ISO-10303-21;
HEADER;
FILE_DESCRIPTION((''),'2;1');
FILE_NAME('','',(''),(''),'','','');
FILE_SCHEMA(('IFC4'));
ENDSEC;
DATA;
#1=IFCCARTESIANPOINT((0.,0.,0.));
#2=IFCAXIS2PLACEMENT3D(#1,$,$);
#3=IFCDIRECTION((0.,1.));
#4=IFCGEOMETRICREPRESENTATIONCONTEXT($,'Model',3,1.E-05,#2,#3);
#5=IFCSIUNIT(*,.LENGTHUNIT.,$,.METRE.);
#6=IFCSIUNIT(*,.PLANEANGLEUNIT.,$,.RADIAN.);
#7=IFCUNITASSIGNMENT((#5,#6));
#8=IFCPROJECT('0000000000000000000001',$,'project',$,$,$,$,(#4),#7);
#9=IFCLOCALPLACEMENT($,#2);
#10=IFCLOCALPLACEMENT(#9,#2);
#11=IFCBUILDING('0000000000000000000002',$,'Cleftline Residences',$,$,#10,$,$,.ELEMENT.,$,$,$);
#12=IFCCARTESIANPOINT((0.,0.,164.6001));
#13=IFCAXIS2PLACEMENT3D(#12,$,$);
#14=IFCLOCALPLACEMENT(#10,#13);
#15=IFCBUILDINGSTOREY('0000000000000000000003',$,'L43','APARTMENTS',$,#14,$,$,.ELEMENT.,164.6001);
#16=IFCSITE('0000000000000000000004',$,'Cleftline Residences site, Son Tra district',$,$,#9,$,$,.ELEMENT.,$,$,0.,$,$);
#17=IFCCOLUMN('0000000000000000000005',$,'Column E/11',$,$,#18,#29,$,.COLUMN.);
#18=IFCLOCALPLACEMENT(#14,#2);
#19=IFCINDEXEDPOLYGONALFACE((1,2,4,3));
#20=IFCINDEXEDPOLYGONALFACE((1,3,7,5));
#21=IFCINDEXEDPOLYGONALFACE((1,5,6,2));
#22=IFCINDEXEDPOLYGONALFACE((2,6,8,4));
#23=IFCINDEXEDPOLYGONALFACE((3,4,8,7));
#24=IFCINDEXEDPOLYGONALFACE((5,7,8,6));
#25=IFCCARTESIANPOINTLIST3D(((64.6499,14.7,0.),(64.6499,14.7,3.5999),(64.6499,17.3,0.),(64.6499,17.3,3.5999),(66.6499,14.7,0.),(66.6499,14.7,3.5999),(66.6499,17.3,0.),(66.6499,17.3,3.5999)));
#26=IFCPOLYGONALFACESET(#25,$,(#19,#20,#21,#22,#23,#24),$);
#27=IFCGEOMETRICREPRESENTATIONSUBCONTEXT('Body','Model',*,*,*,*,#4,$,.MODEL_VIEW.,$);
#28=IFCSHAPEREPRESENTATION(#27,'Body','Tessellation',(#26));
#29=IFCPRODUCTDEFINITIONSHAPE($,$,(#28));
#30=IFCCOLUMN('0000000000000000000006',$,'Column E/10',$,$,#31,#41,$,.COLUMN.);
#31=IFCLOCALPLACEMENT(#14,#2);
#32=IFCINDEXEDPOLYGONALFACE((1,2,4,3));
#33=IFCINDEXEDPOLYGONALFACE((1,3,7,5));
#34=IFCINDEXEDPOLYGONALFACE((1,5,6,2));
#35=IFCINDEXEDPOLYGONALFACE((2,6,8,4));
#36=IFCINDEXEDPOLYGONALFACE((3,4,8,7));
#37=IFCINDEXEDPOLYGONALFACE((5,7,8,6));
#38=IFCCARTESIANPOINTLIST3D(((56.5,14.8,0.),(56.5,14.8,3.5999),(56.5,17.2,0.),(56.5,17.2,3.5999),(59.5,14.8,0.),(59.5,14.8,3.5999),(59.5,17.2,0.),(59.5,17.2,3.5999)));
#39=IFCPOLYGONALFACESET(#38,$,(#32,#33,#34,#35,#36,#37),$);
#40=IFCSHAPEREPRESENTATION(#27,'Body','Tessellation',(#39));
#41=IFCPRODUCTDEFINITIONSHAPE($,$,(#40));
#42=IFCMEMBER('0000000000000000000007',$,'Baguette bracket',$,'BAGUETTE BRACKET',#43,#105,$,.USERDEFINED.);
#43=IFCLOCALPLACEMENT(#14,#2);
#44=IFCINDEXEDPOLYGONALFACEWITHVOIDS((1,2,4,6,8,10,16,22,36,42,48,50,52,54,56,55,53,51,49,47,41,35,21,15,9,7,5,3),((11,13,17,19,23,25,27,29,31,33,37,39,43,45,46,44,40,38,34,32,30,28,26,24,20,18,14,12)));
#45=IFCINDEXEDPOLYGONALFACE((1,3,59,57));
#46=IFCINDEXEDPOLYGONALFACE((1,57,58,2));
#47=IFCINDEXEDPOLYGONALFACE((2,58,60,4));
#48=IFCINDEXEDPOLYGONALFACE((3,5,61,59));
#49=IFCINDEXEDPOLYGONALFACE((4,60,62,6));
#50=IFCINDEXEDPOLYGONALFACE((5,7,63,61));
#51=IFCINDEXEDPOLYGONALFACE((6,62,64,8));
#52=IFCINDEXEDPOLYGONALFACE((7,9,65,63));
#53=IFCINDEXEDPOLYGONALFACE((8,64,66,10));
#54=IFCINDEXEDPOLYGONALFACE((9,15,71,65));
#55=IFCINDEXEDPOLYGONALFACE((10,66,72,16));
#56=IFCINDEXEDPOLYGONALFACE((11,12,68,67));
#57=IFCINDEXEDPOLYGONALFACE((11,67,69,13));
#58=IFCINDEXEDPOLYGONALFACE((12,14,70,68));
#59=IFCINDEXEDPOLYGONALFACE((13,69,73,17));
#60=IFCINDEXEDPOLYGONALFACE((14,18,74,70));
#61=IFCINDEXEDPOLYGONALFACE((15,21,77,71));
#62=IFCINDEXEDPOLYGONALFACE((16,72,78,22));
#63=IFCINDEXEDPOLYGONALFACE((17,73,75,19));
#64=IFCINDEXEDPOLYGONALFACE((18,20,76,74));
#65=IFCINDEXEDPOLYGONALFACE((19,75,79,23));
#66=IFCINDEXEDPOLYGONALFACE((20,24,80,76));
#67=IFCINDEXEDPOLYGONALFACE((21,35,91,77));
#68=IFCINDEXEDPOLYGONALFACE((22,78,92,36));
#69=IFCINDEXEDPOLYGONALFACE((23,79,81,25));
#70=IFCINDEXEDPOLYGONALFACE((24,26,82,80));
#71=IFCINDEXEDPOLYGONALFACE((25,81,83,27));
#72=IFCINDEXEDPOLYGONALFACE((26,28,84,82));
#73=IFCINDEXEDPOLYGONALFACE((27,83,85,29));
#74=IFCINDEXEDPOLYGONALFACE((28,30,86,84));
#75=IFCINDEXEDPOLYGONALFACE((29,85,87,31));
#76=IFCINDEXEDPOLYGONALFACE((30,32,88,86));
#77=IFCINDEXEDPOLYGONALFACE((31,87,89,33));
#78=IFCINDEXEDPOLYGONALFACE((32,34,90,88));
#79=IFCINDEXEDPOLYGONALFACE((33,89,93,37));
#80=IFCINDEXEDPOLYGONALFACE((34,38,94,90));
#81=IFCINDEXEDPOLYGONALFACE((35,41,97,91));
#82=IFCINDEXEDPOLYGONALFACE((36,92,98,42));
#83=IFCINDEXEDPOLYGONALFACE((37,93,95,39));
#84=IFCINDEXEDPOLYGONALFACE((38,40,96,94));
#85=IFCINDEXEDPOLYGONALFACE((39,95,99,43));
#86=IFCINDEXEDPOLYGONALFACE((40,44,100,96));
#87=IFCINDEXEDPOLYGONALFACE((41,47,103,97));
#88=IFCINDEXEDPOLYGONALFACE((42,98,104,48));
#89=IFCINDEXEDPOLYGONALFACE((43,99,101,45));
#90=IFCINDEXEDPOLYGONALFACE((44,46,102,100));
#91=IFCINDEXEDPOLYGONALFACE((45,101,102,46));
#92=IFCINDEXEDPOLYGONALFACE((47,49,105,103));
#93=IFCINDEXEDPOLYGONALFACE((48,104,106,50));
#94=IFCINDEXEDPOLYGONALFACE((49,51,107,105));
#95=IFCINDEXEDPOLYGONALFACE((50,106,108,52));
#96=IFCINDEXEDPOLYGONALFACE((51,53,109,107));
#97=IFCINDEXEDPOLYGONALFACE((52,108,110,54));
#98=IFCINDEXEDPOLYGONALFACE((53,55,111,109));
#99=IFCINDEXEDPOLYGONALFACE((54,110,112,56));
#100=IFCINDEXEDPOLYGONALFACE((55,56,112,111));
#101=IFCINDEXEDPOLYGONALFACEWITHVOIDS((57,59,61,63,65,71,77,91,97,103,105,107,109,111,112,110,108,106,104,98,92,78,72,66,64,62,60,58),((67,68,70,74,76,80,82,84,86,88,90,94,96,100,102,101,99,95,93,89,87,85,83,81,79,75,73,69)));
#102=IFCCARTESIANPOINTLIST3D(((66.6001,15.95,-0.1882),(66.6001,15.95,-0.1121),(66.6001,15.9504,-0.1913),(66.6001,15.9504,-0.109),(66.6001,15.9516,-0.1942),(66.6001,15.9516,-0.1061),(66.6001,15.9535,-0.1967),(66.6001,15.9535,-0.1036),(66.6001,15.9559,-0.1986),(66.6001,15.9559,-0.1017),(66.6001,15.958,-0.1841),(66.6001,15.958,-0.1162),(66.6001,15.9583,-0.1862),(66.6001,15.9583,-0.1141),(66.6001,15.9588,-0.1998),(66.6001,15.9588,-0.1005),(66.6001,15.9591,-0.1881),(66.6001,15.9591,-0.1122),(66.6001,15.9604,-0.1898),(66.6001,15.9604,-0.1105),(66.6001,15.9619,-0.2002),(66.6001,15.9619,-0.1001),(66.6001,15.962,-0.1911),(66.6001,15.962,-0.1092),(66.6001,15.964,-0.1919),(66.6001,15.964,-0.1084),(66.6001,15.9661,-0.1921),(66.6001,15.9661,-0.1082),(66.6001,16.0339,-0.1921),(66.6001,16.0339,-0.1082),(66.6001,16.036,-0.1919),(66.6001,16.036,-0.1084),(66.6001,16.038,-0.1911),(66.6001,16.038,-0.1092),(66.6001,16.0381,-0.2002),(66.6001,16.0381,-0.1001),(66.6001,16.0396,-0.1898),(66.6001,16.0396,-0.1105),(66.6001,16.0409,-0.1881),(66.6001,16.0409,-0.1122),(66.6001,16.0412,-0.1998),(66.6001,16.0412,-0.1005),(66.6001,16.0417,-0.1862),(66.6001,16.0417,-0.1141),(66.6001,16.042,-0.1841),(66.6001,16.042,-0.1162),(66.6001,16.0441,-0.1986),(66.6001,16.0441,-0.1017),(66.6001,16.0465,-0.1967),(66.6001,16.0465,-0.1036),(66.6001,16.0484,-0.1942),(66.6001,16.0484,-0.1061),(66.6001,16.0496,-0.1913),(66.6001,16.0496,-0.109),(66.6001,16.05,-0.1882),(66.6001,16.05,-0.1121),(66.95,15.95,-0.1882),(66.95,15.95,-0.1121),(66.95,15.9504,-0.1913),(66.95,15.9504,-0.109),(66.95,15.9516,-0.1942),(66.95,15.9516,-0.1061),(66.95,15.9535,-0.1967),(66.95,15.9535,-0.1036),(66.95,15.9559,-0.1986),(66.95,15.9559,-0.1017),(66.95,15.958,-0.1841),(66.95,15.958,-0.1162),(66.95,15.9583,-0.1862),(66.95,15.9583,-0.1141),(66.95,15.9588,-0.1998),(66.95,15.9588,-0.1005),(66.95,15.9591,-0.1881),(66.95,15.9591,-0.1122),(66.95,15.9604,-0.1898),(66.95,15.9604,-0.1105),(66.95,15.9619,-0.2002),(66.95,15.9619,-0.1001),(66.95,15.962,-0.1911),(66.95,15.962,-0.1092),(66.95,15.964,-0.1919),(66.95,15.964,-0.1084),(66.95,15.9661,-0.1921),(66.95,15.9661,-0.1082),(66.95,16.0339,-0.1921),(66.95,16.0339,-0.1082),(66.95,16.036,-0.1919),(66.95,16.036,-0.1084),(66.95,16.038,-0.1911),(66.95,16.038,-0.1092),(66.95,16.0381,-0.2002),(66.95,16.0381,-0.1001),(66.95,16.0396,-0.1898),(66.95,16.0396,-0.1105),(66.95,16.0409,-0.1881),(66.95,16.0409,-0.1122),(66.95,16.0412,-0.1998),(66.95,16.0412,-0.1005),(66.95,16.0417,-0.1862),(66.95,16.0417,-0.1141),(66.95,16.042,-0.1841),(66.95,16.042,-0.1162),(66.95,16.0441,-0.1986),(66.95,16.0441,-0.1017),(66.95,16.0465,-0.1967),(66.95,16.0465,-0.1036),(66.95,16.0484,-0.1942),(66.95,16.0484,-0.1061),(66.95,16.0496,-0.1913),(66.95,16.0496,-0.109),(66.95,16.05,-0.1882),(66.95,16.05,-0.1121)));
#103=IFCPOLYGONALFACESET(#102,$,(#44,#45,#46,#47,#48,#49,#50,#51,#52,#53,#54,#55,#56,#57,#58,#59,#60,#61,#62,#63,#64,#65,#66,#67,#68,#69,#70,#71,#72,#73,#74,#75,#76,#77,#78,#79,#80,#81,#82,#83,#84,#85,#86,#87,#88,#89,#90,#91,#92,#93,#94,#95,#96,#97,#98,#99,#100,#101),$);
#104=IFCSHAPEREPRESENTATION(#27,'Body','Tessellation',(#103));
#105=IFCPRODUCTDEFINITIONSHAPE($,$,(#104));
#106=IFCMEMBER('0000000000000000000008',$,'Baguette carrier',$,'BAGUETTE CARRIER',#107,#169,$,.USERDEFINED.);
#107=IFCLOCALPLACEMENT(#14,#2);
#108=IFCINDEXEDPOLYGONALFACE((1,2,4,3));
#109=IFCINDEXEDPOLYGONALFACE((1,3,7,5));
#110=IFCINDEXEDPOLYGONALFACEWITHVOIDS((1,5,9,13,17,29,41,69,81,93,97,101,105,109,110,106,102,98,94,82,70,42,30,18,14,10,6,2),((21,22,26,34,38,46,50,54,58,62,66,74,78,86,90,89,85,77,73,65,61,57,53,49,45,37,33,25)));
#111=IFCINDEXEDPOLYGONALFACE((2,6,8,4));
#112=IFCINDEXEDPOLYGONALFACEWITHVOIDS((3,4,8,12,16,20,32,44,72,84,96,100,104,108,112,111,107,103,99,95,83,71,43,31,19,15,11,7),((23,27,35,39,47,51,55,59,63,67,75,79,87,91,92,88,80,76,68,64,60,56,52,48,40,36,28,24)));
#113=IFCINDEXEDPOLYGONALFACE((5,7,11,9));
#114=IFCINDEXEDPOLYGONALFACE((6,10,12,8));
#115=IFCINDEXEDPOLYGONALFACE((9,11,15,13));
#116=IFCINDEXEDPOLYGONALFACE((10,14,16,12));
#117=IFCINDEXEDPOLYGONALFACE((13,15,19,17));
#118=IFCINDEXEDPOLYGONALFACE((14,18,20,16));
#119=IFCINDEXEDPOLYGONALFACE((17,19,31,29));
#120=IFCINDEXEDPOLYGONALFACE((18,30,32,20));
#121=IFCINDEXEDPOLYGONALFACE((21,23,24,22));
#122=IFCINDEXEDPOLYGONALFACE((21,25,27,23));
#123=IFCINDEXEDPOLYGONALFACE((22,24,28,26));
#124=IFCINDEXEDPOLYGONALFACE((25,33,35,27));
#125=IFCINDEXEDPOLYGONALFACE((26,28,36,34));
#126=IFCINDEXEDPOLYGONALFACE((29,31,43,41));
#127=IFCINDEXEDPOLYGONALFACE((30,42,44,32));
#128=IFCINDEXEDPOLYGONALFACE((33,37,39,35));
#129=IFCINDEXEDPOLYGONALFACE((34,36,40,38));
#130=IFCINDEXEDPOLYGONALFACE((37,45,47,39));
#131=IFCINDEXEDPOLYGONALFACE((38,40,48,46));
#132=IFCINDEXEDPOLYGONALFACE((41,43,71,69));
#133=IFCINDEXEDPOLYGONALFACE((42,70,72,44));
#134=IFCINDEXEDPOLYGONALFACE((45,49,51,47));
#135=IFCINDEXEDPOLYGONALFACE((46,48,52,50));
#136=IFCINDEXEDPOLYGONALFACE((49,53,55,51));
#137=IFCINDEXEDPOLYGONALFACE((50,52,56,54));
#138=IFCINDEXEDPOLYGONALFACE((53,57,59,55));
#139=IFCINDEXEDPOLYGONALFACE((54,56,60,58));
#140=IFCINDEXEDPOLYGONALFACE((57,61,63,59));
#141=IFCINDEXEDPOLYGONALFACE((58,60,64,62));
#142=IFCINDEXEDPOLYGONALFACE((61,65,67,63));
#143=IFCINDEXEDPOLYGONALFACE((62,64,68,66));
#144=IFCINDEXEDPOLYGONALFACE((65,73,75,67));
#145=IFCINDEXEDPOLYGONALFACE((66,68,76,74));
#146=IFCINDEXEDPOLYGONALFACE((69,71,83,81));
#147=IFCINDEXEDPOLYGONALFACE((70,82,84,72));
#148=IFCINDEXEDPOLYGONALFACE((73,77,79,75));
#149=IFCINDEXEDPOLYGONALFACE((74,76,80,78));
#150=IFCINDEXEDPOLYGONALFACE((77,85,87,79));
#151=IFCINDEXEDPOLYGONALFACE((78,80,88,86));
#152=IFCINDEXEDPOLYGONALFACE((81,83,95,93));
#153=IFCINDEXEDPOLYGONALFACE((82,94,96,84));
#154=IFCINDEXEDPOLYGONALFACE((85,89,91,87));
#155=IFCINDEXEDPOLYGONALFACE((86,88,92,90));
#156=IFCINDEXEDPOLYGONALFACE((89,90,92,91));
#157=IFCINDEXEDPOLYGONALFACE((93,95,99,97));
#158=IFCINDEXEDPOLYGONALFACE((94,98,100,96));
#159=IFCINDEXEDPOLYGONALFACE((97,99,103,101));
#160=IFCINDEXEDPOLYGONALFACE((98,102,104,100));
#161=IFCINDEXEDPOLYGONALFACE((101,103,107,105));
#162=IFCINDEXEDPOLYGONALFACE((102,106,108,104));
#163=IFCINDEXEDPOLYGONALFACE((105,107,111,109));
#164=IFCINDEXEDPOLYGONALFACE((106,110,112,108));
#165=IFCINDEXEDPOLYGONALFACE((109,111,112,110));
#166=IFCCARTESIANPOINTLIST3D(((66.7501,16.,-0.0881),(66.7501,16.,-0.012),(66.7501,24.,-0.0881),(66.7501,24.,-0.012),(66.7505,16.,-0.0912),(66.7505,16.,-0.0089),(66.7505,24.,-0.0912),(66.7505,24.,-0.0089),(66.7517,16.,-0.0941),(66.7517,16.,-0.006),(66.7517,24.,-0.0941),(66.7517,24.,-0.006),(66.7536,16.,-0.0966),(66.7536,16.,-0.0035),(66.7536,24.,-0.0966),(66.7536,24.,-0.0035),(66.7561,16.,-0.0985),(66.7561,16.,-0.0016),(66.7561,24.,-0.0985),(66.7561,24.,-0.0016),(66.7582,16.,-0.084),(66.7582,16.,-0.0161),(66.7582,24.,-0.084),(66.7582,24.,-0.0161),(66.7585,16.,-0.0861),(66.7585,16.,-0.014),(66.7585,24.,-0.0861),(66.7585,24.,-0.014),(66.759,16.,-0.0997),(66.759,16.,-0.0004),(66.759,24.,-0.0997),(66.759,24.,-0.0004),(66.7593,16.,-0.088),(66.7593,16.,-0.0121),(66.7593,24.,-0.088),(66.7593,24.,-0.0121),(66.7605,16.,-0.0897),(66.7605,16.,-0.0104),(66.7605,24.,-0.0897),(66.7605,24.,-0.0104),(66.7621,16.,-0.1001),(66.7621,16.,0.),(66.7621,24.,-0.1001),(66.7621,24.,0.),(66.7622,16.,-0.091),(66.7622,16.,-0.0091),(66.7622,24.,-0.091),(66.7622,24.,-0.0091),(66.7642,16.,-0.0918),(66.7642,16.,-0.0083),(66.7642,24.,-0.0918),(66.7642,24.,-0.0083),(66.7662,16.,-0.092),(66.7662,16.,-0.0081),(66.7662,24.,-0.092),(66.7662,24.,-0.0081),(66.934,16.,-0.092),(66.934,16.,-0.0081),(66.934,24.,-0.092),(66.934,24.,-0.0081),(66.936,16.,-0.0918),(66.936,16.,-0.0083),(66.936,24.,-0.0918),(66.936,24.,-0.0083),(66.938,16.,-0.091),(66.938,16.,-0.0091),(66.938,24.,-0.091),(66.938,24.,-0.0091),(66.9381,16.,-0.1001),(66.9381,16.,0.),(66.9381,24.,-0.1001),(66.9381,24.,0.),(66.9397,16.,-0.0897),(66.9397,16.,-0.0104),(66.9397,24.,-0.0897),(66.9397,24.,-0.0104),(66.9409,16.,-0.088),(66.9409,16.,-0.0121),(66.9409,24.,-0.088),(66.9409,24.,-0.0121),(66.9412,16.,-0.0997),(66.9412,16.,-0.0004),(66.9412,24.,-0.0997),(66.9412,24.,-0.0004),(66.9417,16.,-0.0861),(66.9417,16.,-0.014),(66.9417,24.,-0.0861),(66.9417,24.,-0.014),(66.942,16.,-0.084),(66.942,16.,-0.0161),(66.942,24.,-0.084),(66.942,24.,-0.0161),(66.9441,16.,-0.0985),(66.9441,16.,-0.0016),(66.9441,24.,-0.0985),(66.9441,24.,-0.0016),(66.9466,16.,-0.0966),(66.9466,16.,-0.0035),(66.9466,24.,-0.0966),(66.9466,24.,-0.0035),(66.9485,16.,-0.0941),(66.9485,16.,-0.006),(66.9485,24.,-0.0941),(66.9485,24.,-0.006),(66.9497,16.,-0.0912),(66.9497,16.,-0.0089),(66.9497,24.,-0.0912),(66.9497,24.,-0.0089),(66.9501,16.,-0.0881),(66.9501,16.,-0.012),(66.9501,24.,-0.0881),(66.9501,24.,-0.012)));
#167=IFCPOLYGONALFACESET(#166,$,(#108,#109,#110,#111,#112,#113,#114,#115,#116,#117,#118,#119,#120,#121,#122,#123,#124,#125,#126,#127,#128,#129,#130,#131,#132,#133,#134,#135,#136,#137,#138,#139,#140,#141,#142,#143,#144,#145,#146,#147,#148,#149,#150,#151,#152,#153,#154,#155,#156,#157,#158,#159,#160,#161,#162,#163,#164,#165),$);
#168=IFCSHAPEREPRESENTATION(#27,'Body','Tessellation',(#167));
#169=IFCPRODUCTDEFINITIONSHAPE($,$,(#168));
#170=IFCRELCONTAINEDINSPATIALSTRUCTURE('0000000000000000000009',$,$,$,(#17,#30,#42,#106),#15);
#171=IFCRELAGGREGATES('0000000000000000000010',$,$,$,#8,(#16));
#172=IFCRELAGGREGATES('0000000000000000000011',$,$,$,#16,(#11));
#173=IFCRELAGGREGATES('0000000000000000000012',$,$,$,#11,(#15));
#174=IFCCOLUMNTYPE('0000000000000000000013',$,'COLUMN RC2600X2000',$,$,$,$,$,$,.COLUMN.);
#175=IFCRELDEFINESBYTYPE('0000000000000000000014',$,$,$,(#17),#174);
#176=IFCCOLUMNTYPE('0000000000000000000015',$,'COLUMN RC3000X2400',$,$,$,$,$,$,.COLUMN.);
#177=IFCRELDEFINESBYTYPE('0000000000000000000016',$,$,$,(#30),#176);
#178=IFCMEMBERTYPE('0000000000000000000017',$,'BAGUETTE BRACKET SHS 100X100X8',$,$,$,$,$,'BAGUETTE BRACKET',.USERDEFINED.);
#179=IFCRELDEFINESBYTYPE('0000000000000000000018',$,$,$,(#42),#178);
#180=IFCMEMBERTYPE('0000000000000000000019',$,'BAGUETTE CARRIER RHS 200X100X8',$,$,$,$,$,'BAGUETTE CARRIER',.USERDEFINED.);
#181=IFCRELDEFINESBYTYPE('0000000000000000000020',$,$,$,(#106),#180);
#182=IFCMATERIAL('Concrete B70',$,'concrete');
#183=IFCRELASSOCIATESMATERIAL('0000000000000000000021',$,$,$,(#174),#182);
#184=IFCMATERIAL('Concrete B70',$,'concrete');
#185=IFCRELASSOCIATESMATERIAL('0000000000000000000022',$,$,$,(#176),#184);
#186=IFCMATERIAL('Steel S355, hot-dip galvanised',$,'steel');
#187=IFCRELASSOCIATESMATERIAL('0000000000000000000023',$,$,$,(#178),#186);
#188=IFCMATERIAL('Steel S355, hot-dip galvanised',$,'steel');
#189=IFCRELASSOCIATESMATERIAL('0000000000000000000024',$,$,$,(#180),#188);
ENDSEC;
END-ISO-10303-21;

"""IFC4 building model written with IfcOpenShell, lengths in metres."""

from ifc_helpers import new_model, si_unit, direction, frame, origin, origin_2d, place, context, subcontext, project, spatial, rectangle, hollow_rectangle, extrude, material, material_profile, profile_set, type_object, element, save


model = new_model("IFC4")

# Units and contexts
model_context = context("Model", 3, precision=1e-05, world=origin(), true_north=direction((0.0, 1.0)))
body_context = subcontext(model_context, "Body", "Model", "MODEL_VIEW")
ifc_project = project(units=[si_unit("LENGTHUNIT", "METRE"), si_unit("PLANEANGLEUNIT", "RADIAN")], contexts=[model_context])

# Site, building, storey
site_placement = place(None, origin())
site = spatial("IfcSite", under=ifc_project, at=site_placement, Name="Cleftline Residences site, Son Tra district", CompositionType="ELEMENT", RefElevation=0.0)
building_placement = place(site_placement, origin())
building = spatial("IfcBuilding", under=site, at=building_placement, Name="Cleftline Residences", CompositionType="ELEMENT")
storey_placement = place(building_placement, frame((0.0, 0.0, 164.6001)))
storey = spatial("IfcBuildingStorey", under=building, at=storey_placement, Name="L43", Description="APARTMENTS", CompositionType="ELEMENT", Elevation=164.6001)

# Columns
ifc_material_1 = material(Name="Concrete B70", Category="concrete")
ifc_material_profile_1 = material_profile(ifc_material_1, rectangle(XDim=2.6001, YDim=2.0, at=origin_2d()))
ifc_profile_set_1 = profile_set([ifc_material_profile_1], Name="Concrete B70")
column_type_1 = type_object("IfcColumnType", Name="COLUMN RC2600X2000", PredefinedType="COLUMN", material=ifc_profile_set_1)
column_1_placement = place(storey_placement, frame((65.6499, 16.0, 0.0), z_axis=(0.0, 0.0, 1.0), x_axis=(0.0, 1.0, 0.0)))
element("IfcColumn", 1, at=column_1_placement, inside=storey, type_object=column_type_1, Name="Column E/11", PredefinedType="COLUMN", context=body_context, shape_type="SweptSolid", body=[
    extrude(rectangle(XDim=2.6001, YDim=2.0, at=origin_2d()), origin(), (0.0, 0.0, 1.0), 3.5999),
])
ifc_material_2 = material(Name="Concrete B70", Category="concrete")
ifc_material_profile_2 = material_profile(ifc_material_2, rectangle(XDim=3.0, YDim=2.3999, at=origin_2d()))
ifc_profile_set_2 = profile_set([ifc_material_profile_2], Name="Concrete B70")
column_type_2 = type_object("IfcColumnType", Name="COLUMN RC3000X2400", PredefinedType="COLUMN", material=ifc_profile_set_2)
column_2_placement = place(storey_placement, frame((58.0, 16.0, 0.0), z_axis=(0.0, 0.0, 1.0), x_axis=(1.0, 0.0, 0.0)))
element("IfcColumn", 2, at=column_2_placement, inside=storey, type_object=column_type_2, Name="Column E/10", PredefinedType="COLUMN", context=body_context, shape_type="SweptSolid", body=[
    extrude(rectangle(XDim=3.0, YDim=2.3999, at=origin_2d()), origin(), (0.0, 0.0, 1.0), 3.5999),
])

# Members
ifc_material_3 = material(Name="Steel S355, hot-dip galvanised", Category="steel")
ifc_material_profile_3 = material_profile(ifc_material_3, hollow_rectangle(XDim=0.1001, YDim=0.1001, WallThickness=0.0081, InnerFilletRadius=0.0081, OuterFilletRadius=0.012, at=origin_2d()))
ifc_profile_set_3 = profile_set([ifc_material_profile_3], Name="Steel S355, hot-dip galvanised")
member_type_1 = type_object("IfcMemberType", Name="BAGUETTE BRACKET SHS 100X100X8", ElementType="BAGUETTE BRACKET", PredefinedType="USERDEFINED", material=ifc_profile_set_3)
member_1_placement = place(storey_placement, frame((66.6001, 16.0, -0.1501), z_axis=(1.0, 0.0, 0.0), x_axis=(0.0, 1.0, 0.0)))
element("IfcMember", 3, at=member_1_placement, inside=storey, type_object=member_type_1, Name="Baguette bracket", ObjectType="BAGUETTE BRACKET", PredefinedType="USERDEFINED", context=body_context, shape_type="SweptSolid", body=[
    extrude(hollow_rectangle(XDim=0.1001, YDim=0.1001, WallThickness=0.0081, InnerFilletRadius=0.0081, OuterFilletRadius=0.012, at=origin_2d()), origin(), (0.0, 0.0, 1.0), 0.3499),
])
ifc_material_4 = material(Name="Steel S355, hot-dip galvanised", Category="steel")
ifc_material_profile_4 = material_profile(ifc_material_4, hollow_rectangle(XDim=0.1001, YDim=0.2, WallThickness=0.0081, InnerFilletRadius=0.0081, OuterFilletRadius=0.012, at=origin_2d()))
ifc_profile_set_4 = profile_set([ifc_material_profile_4], Name="Steel S355, hot-dip galvanised")
member_type_2 = type_object("IfcMemberType", Name="BAGUETTE CARRIER RHS 200X100X8", ElementType="BAGUETTE CARRIER", PredefinedType="USERDEFINED", material=ifc_profile_set_4)
member_2_placement = place(storey_placement, frame((66.8501, 16.0, -0.05), z_axis=(0.0, 1.0, 0.0), x_axis=(0.0, 0.0, 1.0)))
element("IfcMember", 4, at=member_2_placement, inside=storey, type_object=member_type_2, Name="Baguette carrier", ObjectType="BAGUETTE CARRIER", PredefinedType="USERDEFINED", context=body_context, shape_type="SweptSolid", body=[
    extrude(hollow_rectangle(XDim=0.1001, YDim=0.2, WallThickness=0.0081, InnerFilletRadius=0.0081, OuterFilletRadius=0.012, at=origin_2d()), origin(), (0.0, 0.0, 1.0), 8.0),
])

save(model, "model.ifc")
